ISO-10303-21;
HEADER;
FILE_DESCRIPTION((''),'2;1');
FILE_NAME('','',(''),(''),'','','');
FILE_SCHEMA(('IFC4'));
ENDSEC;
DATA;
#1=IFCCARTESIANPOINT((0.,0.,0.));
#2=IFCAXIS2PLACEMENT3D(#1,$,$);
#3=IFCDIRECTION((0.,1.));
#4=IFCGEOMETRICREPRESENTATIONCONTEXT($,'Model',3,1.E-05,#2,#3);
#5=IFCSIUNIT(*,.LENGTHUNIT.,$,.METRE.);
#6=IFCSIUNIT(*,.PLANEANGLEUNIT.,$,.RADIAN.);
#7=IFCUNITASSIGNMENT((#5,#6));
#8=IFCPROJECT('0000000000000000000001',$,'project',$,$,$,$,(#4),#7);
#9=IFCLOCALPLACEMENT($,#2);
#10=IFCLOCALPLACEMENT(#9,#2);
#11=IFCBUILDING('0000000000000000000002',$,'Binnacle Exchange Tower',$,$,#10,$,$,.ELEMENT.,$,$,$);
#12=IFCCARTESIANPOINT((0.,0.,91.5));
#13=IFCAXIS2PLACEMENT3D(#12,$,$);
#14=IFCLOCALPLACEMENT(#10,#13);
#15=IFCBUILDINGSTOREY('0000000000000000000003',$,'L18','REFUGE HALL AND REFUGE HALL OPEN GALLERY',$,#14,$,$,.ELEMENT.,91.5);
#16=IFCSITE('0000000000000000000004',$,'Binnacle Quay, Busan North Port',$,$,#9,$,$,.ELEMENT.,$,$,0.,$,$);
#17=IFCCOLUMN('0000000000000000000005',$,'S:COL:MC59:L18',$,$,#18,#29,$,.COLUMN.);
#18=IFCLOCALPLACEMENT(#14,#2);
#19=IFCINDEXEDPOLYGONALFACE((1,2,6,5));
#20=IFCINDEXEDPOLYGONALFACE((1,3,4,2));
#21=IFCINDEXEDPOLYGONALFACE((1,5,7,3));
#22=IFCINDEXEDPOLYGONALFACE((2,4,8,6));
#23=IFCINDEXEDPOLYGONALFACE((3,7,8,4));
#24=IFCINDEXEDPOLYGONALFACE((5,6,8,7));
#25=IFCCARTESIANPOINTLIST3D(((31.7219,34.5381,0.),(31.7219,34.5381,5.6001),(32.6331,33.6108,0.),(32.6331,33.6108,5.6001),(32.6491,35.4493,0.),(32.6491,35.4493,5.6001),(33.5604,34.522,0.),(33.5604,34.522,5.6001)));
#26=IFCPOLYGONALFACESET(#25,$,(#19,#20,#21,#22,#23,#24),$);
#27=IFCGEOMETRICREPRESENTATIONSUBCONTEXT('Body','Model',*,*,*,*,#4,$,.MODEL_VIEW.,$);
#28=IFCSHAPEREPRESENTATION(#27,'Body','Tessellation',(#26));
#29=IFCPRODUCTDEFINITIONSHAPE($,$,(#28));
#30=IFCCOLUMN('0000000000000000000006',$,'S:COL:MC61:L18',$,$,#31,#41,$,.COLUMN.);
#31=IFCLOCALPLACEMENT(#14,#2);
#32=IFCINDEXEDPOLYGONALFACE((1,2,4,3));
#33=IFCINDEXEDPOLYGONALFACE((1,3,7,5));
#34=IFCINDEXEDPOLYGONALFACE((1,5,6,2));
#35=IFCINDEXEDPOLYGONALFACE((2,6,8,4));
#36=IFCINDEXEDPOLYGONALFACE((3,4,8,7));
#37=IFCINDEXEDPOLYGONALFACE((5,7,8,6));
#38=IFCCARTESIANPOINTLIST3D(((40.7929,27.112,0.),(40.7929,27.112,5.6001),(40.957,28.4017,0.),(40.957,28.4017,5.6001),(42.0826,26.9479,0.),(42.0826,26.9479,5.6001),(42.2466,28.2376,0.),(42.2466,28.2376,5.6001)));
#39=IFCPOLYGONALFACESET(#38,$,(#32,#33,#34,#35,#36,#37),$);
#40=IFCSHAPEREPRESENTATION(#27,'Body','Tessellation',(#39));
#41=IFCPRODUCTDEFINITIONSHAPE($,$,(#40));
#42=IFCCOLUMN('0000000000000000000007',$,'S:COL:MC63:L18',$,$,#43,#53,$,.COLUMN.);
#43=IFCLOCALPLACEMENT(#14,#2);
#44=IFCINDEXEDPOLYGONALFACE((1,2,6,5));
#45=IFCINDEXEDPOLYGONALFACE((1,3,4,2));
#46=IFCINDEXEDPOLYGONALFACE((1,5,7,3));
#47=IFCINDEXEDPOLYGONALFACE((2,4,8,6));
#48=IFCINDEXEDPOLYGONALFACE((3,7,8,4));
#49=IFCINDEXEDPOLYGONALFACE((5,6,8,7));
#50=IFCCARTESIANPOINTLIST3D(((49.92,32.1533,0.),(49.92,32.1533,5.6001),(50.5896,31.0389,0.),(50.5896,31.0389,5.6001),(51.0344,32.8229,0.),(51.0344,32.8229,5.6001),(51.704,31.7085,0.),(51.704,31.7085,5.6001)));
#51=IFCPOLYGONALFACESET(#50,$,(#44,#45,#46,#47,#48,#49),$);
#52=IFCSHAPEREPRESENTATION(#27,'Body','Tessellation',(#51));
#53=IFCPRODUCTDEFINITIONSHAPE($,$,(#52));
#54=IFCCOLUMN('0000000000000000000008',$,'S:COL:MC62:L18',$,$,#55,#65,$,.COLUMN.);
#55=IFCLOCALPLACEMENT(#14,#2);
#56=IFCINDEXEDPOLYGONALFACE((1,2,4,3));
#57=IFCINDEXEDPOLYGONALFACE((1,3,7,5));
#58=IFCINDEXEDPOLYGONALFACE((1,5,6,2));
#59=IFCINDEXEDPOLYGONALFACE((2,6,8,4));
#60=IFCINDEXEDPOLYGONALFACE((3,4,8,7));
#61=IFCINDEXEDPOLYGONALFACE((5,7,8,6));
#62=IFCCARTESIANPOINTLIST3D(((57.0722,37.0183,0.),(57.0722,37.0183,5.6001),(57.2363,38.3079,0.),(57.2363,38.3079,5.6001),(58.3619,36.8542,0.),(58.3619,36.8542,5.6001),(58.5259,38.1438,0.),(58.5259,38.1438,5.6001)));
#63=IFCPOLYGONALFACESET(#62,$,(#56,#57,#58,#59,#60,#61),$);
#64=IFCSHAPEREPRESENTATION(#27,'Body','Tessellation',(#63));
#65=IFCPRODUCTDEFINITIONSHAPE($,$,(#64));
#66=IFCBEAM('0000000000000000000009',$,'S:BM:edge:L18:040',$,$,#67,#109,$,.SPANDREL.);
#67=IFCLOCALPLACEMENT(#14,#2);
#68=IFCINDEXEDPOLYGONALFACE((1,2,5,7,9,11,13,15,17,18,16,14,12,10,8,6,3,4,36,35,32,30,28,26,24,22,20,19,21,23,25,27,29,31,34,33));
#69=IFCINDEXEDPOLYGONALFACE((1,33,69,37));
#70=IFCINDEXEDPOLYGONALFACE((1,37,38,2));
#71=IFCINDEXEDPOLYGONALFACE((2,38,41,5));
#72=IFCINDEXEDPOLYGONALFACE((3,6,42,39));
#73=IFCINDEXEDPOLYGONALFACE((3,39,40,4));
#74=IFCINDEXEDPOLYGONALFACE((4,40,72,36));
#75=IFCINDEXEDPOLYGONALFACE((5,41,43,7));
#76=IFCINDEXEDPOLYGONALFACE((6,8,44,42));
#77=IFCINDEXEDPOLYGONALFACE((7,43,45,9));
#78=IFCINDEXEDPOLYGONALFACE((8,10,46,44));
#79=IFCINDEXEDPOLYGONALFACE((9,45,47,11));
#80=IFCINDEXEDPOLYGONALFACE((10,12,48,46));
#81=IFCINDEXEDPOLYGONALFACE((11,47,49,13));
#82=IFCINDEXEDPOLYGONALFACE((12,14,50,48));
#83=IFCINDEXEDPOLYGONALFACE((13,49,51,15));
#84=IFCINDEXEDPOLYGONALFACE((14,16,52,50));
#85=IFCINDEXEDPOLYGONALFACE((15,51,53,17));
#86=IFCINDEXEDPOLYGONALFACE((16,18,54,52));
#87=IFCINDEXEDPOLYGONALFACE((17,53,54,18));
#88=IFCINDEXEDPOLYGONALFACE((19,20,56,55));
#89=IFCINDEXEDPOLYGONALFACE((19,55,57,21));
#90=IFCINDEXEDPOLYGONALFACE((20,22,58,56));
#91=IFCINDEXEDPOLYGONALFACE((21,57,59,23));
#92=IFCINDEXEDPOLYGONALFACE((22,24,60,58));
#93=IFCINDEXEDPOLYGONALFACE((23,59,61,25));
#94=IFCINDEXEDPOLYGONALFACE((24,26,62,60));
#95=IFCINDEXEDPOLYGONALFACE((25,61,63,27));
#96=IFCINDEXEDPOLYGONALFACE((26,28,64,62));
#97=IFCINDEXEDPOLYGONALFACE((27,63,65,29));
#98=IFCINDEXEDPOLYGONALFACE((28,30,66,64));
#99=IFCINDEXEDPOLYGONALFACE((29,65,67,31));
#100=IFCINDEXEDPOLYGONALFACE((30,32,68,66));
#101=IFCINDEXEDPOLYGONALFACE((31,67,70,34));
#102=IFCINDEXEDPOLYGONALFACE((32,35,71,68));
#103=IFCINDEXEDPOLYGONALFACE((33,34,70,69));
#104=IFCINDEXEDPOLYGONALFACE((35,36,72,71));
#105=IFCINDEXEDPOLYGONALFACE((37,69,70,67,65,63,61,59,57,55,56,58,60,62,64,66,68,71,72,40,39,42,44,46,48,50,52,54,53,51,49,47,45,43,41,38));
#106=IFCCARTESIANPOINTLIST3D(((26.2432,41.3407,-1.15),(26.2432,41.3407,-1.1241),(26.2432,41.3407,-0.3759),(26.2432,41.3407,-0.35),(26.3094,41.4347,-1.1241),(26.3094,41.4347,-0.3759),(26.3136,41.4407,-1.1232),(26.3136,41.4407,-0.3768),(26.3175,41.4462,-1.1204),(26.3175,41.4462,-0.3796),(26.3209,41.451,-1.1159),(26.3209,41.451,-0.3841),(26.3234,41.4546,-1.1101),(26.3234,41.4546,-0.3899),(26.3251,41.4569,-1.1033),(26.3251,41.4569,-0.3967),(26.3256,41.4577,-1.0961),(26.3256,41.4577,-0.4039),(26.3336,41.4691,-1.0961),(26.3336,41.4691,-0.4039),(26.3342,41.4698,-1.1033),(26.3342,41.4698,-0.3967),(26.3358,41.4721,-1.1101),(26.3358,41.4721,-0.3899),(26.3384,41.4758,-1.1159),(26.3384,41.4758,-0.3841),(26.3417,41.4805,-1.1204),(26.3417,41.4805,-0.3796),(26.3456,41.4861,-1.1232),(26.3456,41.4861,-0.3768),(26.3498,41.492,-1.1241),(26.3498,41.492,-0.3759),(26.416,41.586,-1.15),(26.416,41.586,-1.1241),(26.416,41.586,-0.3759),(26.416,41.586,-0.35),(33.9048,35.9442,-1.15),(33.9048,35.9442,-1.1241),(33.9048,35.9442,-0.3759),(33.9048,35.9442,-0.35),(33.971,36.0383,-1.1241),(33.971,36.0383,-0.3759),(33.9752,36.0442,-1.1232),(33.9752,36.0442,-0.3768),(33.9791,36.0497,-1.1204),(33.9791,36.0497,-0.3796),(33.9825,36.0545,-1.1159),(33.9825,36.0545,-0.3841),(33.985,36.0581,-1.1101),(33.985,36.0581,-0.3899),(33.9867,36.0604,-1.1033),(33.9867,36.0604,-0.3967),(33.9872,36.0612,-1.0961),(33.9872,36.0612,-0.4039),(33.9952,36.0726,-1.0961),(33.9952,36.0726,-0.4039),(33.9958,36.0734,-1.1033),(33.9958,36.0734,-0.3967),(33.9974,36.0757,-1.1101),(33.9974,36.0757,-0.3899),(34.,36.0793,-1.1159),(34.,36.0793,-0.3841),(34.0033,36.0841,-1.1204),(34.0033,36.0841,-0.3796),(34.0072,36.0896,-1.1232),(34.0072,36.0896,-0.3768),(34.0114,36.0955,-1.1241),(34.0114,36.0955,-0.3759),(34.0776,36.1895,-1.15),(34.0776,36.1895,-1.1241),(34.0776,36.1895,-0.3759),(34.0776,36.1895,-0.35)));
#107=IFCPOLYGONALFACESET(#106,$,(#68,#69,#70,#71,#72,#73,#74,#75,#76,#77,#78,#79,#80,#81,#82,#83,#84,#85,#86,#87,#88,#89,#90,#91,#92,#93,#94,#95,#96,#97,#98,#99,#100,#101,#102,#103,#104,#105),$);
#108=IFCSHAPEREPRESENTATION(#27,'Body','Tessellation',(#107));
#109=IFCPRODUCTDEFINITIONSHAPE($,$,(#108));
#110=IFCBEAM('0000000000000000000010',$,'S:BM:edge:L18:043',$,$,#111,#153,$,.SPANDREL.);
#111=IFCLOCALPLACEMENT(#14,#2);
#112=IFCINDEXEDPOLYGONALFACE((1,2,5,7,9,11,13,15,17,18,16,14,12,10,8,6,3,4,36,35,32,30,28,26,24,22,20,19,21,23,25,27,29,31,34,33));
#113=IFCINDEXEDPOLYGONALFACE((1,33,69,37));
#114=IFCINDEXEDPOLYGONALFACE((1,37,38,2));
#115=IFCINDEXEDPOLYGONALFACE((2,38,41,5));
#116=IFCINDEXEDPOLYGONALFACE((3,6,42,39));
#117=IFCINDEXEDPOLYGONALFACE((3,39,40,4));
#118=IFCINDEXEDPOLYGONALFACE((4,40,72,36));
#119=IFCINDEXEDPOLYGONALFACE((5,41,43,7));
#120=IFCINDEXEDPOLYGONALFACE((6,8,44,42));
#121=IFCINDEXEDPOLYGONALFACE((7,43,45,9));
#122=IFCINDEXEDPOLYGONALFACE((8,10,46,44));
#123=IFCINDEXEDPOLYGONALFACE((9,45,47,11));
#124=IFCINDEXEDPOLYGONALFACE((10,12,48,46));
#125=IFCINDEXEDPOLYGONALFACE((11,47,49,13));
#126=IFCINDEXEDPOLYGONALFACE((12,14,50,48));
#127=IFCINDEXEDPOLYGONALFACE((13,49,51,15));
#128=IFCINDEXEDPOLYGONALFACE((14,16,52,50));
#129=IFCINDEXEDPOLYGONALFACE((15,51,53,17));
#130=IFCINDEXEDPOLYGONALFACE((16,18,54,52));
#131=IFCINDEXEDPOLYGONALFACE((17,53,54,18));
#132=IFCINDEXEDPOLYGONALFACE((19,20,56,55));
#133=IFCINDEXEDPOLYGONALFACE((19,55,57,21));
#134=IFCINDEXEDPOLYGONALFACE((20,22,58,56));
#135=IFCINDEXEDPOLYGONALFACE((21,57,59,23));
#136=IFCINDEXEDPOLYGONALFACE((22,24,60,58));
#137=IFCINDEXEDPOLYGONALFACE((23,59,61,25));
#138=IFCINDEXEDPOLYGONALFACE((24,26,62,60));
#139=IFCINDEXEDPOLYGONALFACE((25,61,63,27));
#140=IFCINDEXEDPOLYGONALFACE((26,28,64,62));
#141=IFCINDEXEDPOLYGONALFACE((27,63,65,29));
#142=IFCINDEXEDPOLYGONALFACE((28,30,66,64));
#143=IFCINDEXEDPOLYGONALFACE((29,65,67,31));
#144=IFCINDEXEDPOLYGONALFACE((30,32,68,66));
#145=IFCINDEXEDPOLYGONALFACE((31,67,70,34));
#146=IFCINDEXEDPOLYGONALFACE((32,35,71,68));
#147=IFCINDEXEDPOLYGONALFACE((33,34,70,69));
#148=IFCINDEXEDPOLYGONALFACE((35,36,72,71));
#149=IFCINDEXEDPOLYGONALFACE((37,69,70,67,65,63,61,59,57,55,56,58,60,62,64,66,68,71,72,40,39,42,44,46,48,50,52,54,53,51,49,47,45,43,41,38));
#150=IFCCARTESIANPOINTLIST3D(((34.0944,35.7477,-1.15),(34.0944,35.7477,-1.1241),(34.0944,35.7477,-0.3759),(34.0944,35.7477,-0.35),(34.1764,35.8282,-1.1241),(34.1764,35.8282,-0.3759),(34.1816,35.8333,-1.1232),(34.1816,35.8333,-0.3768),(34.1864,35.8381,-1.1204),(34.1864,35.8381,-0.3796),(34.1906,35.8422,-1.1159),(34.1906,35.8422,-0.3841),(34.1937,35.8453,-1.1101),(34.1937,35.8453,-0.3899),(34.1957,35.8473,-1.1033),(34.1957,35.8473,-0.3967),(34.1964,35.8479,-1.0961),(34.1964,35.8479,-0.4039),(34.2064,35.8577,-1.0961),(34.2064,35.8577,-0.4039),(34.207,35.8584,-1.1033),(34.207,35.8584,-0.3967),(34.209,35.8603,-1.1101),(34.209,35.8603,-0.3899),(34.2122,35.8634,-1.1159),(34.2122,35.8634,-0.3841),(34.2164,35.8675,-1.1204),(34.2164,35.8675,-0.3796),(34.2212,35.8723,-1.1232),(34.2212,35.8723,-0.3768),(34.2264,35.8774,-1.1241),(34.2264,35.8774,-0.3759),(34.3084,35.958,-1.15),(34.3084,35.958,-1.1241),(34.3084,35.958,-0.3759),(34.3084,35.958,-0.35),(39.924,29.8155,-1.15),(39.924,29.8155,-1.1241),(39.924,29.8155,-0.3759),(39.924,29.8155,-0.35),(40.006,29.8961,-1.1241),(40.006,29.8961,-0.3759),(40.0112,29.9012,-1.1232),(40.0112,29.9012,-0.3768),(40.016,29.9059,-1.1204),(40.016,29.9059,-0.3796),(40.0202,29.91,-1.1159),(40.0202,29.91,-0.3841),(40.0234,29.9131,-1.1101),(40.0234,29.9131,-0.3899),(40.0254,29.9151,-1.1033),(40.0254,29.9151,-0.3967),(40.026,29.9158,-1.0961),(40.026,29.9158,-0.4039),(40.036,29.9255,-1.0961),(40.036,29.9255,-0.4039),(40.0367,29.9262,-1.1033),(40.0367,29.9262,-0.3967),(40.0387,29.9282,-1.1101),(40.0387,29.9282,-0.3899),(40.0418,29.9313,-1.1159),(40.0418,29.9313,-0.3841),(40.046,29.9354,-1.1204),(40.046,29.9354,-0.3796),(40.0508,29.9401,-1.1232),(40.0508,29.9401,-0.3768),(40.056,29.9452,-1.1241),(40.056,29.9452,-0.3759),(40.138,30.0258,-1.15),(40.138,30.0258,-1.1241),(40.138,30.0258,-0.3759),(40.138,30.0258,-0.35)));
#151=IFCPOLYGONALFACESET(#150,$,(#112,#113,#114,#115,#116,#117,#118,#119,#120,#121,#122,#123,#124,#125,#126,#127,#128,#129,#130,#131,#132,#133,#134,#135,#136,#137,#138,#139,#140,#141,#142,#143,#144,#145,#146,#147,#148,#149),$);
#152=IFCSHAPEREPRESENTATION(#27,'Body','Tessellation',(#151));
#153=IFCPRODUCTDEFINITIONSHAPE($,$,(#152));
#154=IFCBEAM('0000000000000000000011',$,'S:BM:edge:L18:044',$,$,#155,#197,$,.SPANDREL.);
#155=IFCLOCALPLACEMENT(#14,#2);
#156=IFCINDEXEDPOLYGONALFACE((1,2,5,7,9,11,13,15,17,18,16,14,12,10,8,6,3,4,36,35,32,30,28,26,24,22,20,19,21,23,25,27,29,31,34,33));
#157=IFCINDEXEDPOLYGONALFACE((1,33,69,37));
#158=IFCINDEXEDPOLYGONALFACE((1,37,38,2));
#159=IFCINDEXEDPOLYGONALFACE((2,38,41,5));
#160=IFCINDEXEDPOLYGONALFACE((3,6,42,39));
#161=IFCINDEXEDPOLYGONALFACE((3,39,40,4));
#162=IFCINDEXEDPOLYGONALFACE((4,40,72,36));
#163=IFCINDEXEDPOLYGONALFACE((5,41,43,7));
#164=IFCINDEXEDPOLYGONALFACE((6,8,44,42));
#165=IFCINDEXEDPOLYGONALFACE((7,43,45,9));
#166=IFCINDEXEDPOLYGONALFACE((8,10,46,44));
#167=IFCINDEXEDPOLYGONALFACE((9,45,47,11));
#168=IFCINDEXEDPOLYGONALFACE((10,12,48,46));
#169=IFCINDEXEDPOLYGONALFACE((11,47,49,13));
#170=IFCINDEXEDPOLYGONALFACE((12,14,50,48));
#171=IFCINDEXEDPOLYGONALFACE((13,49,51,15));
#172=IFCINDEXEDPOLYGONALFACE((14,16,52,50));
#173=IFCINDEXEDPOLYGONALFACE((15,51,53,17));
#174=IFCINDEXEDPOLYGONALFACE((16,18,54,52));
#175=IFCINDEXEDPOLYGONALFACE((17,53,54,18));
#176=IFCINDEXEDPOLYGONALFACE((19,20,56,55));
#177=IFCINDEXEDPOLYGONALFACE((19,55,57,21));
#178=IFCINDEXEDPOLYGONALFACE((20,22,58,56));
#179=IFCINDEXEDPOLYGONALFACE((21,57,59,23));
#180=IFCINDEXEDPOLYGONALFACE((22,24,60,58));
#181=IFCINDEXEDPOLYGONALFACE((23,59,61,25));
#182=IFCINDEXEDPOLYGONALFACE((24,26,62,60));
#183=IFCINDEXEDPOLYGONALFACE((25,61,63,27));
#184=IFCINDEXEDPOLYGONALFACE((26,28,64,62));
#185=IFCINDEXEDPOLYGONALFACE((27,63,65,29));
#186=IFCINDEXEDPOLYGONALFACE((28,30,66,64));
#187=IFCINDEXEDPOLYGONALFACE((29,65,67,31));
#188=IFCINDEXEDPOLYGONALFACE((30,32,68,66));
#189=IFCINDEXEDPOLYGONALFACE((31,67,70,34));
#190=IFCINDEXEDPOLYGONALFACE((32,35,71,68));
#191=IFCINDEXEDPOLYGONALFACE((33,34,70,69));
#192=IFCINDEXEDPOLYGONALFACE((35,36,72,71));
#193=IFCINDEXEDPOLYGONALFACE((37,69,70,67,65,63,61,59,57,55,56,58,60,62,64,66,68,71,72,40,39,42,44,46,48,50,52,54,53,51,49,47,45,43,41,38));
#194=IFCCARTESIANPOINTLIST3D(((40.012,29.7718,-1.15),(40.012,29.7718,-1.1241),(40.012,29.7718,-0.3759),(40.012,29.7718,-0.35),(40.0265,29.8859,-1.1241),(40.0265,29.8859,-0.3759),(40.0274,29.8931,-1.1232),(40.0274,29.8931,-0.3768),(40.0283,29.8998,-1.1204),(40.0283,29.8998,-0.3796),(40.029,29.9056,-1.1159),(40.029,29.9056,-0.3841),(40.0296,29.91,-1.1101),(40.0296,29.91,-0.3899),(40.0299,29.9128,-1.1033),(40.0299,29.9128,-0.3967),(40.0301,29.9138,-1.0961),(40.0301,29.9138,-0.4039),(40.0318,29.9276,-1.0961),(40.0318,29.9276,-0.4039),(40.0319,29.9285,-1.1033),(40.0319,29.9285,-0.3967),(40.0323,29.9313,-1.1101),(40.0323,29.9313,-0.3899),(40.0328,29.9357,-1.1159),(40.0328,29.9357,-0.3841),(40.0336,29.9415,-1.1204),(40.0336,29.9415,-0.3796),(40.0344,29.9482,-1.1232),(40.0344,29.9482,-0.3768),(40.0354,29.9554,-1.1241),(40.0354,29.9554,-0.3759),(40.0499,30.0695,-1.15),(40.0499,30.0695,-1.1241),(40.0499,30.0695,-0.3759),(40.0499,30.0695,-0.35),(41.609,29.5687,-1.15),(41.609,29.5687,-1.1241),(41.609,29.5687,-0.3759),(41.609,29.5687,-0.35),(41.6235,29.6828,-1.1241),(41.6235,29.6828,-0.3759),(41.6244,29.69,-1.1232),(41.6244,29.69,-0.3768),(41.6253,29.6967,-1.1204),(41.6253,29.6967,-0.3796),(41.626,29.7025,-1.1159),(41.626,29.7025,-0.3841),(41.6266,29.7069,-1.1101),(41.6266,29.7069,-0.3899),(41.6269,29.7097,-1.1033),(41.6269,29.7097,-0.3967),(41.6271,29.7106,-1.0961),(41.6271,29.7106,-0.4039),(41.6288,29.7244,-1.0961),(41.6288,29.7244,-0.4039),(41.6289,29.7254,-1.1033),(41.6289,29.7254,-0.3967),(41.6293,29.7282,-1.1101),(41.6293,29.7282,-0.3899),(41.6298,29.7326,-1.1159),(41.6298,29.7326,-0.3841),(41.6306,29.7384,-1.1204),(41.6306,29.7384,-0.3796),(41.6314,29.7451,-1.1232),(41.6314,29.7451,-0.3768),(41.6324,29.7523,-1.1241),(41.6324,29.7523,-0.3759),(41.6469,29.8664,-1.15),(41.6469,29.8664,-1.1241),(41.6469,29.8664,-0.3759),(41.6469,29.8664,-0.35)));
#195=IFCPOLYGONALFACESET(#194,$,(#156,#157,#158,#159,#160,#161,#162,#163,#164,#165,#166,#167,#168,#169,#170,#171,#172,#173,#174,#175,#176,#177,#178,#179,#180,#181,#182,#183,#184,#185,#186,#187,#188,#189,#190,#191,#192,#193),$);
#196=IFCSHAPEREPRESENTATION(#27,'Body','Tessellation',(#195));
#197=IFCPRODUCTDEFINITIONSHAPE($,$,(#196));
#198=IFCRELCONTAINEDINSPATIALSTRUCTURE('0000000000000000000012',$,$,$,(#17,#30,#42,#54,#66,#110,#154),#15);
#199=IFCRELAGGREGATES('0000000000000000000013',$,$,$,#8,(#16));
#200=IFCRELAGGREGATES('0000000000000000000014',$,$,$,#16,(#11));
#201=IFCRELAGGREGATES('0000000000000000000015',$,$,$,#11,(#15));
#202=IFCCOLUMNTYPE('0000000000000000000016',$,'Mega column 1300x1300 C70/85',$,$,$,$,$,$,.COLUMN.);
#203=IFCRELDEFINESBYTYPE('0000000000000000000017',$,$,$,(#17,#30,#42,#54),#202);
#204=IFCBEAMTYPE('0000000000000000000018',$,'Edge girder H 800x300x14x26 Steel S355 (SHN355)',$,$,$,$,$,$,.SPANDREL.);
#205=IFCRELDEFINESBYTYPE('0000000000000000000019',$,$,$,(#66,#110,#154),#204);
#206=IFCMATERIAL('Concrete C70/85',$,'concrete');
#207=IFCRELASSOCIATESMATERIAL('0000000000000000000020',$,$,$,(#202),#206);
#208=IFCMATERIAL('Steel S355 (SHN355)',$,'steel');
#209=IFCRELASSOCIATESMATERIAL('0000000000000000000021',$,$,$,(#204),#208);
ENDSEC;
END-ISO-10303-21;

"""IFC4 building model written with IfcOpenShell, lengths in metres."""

from ifc_helpers import new_model, si_unit, direction, frame, origin, origin_2d, place, context, subcontext, project, spatial, rectangle, i_section, extrude, material, material_profile, profile_set, type_object, element, save


model = new_model("IFC4")

# Units and contexts
model_context = context("Model", 3, precision=1e-05, world=origin(), true_north=direction((0.0, 1.0)))
body_context = subcontext(model_context, "Body", "Model", "MODEL_VIEW")
ifc_project = project(units=[si_unit("LENGTHUNIT", "METRE"), si_unit("PLANEANGLEUNIT", "RADIAN")], contexts=[model_context])

# Site, building, storey
site_placement = place(None, origin())
site = spatial("IfcSite", under=ifc_project, at=site_placement, Name="Binnacle Quay, Busan North Port", CompositionType="ELEMENT", RefElevation=0.0)
building_placement = place(site_placement, origin())
building = spatial("IfcBuilding", under=site, at=building_placement, Name="Binnacle Exchange Tower", CompositionType="ELEMENT")
storey_placement = place(building_placement, frame((0.0, 0.0, 91.5)))
storey = spatial("IfcBuildingStorey", under=building, at=storey_placement, Name="L18", Description="REFUGE HALL AND REFUGE HALL OPEN GALLERY", CompositionType="ELEMENT", Elevation=91.5)

# Columns
ifc_material_1 = material(Name="Concrete C70/85", Category="concrete")
ifc_material_profile_1 = material_profile(ifc_material_1, rectangle(XDim=1.3, YDim=1.3, at=origin_2d()), Name="Mega column 1300x1300 C70/85")
ifc_profile_set_1 = profile_set([ifc_material_profile_1], Name="Concrete C70/85")
column_type = type_object("IfcColumnType", Name="Mega column 1300x1300 C70/85", PredefinedType="COLUMN", material=ifc_profile_set_1)
for number, where, z_axis, x_axis, name in (
    (1, (32.6411, 34.53, 0.0), (0.0, 0.0, 1.0), (0.700909, -0.71325, 0.0), "S:COL:MC59:L18"),
    (2, (41.5198, 27.6748, 0.0), (0.0, 0.0, 1.0), (0.992005, -0.126199, 0.0), "S:COL:MC61:L18"),
    (3, (50.812, 31.9309, 0.0), (0.0, 0.0, 1.0), (0.857167, 0.515038, 0.0), "S:COL:MC63:L18"),
    (4, (57.7991, 37.5811, 0.0), (0.0, 0.0, 1.0), (0.126199, 0.992005, 0.0), "S:COL:MC62:L18"),
):
    element("IfcColumn", number, at=place(storey_placement, frame(where, z_axis=z_axis, x_axis=x_axis)), inside=storey, type_object=column_type, Name=name, PredefinedType="COLUMN", context=body_context, shape_type="SweptSolid", body=[
        extrude(rectangle(XDim=1.3, YDim=1.3, at=origin_2d()), origin(), (0.0, 0.0, 1.0), 5.6001),
    ])

# Beams
ifc_material_2 = material(Name="Steel S355 (SHN355)", Category="steel")
ifc_material_profile_2 = material_profile(ifc_material_2, i_section(OverallWidth=0.3, OverallDepth=0.8, WebThickness=0.0139, FlangeThickness=0.0259, FilletRadius=0.0281, at=origin_2d()), Name="H 800x300x14x26")
ifc_profile_set_2 = profile_set([ifc_material_profile_2], Name="Steel S355 (SHN355)")
beam_type_1 = type_object("IfcBeamType", Name="Edge girder H 800x300x14x26 Steel S355 (SHN355)", PredefinedType="SPANDREL", material=ifc_profile_set_2)
beam_1_placement = place(storey_placement, frame((33.9912, 36.0669, -0.75), z_axis=(-0.817557, 0.575848, 0.0), x_axis=(-0.575848, -0.817557, 0.0)))
element("IfcBeam", 5, at=beam_1_placement, inside=storey, type_object=beam_type_1, Name="S:BM:edge:L18:040", PredefinedType="SPANDREL", context=body_context, shape_type="SweptSolid", body=[
    extrude(i_section(OverallWidth=0.3, OverallDepth=0.8, WebThickness=0.0139, FlangeThickness=0.0259, FilletRadius=0.0281, at=origin_2d()), origin(), (0.0, 0.0, 1.0), 9.3713),
])
beam_2_placement = place(storey_placement, frame((40.031, 29.9207, -0.75), z_axis=(-0.700916, 0.713244, 0.0), x_axis=(-0.713244, -0.700916, 0.0)))
element("IfcBeam", 6, at=beam_2_placement, inside=storey, type_object=beam_type_1, Name="S:BM:edge:L18:043", PredefinedType="SPANDREL", context=body_context, shape_type="SweptSolid", body=[
    extrude(i_section(OverallWidth=0.3, OverallDepth=0.8, WebThickness=0.0139, FlangeThickness=0.0259, FilletRadius=0.0281, at=origin_2d()), origin(), (0.0, 0.0, 1.0), 8.3171),
])
beam_3_placement = place(storey_placement, frame((41.6279, 29.7175, -0.75), z_axis=(-0.992007, 0.126181, 0.0), x_axis=(-0.126181, -0.992007, 0.0)))
element("IfcBeam", 7, at=beam_3_placement, inside=storey, type_object=beam_type_1, Name="S:BM:edge:L18:044", PredefinedType="SPANDREL", context=body_context, shape_type="SweptSolid", body=[
    extrude(i_section(OverallWidth=0.3, OverallDepth=0.8, WebThickness=0.0139, FlangeThickness=0.0259, FilletRadius=0.0281, at=origin_2d()), origin(), (0.0, 0.0, 1.0), 1.6099),
])

save(model, "model.ifc")
